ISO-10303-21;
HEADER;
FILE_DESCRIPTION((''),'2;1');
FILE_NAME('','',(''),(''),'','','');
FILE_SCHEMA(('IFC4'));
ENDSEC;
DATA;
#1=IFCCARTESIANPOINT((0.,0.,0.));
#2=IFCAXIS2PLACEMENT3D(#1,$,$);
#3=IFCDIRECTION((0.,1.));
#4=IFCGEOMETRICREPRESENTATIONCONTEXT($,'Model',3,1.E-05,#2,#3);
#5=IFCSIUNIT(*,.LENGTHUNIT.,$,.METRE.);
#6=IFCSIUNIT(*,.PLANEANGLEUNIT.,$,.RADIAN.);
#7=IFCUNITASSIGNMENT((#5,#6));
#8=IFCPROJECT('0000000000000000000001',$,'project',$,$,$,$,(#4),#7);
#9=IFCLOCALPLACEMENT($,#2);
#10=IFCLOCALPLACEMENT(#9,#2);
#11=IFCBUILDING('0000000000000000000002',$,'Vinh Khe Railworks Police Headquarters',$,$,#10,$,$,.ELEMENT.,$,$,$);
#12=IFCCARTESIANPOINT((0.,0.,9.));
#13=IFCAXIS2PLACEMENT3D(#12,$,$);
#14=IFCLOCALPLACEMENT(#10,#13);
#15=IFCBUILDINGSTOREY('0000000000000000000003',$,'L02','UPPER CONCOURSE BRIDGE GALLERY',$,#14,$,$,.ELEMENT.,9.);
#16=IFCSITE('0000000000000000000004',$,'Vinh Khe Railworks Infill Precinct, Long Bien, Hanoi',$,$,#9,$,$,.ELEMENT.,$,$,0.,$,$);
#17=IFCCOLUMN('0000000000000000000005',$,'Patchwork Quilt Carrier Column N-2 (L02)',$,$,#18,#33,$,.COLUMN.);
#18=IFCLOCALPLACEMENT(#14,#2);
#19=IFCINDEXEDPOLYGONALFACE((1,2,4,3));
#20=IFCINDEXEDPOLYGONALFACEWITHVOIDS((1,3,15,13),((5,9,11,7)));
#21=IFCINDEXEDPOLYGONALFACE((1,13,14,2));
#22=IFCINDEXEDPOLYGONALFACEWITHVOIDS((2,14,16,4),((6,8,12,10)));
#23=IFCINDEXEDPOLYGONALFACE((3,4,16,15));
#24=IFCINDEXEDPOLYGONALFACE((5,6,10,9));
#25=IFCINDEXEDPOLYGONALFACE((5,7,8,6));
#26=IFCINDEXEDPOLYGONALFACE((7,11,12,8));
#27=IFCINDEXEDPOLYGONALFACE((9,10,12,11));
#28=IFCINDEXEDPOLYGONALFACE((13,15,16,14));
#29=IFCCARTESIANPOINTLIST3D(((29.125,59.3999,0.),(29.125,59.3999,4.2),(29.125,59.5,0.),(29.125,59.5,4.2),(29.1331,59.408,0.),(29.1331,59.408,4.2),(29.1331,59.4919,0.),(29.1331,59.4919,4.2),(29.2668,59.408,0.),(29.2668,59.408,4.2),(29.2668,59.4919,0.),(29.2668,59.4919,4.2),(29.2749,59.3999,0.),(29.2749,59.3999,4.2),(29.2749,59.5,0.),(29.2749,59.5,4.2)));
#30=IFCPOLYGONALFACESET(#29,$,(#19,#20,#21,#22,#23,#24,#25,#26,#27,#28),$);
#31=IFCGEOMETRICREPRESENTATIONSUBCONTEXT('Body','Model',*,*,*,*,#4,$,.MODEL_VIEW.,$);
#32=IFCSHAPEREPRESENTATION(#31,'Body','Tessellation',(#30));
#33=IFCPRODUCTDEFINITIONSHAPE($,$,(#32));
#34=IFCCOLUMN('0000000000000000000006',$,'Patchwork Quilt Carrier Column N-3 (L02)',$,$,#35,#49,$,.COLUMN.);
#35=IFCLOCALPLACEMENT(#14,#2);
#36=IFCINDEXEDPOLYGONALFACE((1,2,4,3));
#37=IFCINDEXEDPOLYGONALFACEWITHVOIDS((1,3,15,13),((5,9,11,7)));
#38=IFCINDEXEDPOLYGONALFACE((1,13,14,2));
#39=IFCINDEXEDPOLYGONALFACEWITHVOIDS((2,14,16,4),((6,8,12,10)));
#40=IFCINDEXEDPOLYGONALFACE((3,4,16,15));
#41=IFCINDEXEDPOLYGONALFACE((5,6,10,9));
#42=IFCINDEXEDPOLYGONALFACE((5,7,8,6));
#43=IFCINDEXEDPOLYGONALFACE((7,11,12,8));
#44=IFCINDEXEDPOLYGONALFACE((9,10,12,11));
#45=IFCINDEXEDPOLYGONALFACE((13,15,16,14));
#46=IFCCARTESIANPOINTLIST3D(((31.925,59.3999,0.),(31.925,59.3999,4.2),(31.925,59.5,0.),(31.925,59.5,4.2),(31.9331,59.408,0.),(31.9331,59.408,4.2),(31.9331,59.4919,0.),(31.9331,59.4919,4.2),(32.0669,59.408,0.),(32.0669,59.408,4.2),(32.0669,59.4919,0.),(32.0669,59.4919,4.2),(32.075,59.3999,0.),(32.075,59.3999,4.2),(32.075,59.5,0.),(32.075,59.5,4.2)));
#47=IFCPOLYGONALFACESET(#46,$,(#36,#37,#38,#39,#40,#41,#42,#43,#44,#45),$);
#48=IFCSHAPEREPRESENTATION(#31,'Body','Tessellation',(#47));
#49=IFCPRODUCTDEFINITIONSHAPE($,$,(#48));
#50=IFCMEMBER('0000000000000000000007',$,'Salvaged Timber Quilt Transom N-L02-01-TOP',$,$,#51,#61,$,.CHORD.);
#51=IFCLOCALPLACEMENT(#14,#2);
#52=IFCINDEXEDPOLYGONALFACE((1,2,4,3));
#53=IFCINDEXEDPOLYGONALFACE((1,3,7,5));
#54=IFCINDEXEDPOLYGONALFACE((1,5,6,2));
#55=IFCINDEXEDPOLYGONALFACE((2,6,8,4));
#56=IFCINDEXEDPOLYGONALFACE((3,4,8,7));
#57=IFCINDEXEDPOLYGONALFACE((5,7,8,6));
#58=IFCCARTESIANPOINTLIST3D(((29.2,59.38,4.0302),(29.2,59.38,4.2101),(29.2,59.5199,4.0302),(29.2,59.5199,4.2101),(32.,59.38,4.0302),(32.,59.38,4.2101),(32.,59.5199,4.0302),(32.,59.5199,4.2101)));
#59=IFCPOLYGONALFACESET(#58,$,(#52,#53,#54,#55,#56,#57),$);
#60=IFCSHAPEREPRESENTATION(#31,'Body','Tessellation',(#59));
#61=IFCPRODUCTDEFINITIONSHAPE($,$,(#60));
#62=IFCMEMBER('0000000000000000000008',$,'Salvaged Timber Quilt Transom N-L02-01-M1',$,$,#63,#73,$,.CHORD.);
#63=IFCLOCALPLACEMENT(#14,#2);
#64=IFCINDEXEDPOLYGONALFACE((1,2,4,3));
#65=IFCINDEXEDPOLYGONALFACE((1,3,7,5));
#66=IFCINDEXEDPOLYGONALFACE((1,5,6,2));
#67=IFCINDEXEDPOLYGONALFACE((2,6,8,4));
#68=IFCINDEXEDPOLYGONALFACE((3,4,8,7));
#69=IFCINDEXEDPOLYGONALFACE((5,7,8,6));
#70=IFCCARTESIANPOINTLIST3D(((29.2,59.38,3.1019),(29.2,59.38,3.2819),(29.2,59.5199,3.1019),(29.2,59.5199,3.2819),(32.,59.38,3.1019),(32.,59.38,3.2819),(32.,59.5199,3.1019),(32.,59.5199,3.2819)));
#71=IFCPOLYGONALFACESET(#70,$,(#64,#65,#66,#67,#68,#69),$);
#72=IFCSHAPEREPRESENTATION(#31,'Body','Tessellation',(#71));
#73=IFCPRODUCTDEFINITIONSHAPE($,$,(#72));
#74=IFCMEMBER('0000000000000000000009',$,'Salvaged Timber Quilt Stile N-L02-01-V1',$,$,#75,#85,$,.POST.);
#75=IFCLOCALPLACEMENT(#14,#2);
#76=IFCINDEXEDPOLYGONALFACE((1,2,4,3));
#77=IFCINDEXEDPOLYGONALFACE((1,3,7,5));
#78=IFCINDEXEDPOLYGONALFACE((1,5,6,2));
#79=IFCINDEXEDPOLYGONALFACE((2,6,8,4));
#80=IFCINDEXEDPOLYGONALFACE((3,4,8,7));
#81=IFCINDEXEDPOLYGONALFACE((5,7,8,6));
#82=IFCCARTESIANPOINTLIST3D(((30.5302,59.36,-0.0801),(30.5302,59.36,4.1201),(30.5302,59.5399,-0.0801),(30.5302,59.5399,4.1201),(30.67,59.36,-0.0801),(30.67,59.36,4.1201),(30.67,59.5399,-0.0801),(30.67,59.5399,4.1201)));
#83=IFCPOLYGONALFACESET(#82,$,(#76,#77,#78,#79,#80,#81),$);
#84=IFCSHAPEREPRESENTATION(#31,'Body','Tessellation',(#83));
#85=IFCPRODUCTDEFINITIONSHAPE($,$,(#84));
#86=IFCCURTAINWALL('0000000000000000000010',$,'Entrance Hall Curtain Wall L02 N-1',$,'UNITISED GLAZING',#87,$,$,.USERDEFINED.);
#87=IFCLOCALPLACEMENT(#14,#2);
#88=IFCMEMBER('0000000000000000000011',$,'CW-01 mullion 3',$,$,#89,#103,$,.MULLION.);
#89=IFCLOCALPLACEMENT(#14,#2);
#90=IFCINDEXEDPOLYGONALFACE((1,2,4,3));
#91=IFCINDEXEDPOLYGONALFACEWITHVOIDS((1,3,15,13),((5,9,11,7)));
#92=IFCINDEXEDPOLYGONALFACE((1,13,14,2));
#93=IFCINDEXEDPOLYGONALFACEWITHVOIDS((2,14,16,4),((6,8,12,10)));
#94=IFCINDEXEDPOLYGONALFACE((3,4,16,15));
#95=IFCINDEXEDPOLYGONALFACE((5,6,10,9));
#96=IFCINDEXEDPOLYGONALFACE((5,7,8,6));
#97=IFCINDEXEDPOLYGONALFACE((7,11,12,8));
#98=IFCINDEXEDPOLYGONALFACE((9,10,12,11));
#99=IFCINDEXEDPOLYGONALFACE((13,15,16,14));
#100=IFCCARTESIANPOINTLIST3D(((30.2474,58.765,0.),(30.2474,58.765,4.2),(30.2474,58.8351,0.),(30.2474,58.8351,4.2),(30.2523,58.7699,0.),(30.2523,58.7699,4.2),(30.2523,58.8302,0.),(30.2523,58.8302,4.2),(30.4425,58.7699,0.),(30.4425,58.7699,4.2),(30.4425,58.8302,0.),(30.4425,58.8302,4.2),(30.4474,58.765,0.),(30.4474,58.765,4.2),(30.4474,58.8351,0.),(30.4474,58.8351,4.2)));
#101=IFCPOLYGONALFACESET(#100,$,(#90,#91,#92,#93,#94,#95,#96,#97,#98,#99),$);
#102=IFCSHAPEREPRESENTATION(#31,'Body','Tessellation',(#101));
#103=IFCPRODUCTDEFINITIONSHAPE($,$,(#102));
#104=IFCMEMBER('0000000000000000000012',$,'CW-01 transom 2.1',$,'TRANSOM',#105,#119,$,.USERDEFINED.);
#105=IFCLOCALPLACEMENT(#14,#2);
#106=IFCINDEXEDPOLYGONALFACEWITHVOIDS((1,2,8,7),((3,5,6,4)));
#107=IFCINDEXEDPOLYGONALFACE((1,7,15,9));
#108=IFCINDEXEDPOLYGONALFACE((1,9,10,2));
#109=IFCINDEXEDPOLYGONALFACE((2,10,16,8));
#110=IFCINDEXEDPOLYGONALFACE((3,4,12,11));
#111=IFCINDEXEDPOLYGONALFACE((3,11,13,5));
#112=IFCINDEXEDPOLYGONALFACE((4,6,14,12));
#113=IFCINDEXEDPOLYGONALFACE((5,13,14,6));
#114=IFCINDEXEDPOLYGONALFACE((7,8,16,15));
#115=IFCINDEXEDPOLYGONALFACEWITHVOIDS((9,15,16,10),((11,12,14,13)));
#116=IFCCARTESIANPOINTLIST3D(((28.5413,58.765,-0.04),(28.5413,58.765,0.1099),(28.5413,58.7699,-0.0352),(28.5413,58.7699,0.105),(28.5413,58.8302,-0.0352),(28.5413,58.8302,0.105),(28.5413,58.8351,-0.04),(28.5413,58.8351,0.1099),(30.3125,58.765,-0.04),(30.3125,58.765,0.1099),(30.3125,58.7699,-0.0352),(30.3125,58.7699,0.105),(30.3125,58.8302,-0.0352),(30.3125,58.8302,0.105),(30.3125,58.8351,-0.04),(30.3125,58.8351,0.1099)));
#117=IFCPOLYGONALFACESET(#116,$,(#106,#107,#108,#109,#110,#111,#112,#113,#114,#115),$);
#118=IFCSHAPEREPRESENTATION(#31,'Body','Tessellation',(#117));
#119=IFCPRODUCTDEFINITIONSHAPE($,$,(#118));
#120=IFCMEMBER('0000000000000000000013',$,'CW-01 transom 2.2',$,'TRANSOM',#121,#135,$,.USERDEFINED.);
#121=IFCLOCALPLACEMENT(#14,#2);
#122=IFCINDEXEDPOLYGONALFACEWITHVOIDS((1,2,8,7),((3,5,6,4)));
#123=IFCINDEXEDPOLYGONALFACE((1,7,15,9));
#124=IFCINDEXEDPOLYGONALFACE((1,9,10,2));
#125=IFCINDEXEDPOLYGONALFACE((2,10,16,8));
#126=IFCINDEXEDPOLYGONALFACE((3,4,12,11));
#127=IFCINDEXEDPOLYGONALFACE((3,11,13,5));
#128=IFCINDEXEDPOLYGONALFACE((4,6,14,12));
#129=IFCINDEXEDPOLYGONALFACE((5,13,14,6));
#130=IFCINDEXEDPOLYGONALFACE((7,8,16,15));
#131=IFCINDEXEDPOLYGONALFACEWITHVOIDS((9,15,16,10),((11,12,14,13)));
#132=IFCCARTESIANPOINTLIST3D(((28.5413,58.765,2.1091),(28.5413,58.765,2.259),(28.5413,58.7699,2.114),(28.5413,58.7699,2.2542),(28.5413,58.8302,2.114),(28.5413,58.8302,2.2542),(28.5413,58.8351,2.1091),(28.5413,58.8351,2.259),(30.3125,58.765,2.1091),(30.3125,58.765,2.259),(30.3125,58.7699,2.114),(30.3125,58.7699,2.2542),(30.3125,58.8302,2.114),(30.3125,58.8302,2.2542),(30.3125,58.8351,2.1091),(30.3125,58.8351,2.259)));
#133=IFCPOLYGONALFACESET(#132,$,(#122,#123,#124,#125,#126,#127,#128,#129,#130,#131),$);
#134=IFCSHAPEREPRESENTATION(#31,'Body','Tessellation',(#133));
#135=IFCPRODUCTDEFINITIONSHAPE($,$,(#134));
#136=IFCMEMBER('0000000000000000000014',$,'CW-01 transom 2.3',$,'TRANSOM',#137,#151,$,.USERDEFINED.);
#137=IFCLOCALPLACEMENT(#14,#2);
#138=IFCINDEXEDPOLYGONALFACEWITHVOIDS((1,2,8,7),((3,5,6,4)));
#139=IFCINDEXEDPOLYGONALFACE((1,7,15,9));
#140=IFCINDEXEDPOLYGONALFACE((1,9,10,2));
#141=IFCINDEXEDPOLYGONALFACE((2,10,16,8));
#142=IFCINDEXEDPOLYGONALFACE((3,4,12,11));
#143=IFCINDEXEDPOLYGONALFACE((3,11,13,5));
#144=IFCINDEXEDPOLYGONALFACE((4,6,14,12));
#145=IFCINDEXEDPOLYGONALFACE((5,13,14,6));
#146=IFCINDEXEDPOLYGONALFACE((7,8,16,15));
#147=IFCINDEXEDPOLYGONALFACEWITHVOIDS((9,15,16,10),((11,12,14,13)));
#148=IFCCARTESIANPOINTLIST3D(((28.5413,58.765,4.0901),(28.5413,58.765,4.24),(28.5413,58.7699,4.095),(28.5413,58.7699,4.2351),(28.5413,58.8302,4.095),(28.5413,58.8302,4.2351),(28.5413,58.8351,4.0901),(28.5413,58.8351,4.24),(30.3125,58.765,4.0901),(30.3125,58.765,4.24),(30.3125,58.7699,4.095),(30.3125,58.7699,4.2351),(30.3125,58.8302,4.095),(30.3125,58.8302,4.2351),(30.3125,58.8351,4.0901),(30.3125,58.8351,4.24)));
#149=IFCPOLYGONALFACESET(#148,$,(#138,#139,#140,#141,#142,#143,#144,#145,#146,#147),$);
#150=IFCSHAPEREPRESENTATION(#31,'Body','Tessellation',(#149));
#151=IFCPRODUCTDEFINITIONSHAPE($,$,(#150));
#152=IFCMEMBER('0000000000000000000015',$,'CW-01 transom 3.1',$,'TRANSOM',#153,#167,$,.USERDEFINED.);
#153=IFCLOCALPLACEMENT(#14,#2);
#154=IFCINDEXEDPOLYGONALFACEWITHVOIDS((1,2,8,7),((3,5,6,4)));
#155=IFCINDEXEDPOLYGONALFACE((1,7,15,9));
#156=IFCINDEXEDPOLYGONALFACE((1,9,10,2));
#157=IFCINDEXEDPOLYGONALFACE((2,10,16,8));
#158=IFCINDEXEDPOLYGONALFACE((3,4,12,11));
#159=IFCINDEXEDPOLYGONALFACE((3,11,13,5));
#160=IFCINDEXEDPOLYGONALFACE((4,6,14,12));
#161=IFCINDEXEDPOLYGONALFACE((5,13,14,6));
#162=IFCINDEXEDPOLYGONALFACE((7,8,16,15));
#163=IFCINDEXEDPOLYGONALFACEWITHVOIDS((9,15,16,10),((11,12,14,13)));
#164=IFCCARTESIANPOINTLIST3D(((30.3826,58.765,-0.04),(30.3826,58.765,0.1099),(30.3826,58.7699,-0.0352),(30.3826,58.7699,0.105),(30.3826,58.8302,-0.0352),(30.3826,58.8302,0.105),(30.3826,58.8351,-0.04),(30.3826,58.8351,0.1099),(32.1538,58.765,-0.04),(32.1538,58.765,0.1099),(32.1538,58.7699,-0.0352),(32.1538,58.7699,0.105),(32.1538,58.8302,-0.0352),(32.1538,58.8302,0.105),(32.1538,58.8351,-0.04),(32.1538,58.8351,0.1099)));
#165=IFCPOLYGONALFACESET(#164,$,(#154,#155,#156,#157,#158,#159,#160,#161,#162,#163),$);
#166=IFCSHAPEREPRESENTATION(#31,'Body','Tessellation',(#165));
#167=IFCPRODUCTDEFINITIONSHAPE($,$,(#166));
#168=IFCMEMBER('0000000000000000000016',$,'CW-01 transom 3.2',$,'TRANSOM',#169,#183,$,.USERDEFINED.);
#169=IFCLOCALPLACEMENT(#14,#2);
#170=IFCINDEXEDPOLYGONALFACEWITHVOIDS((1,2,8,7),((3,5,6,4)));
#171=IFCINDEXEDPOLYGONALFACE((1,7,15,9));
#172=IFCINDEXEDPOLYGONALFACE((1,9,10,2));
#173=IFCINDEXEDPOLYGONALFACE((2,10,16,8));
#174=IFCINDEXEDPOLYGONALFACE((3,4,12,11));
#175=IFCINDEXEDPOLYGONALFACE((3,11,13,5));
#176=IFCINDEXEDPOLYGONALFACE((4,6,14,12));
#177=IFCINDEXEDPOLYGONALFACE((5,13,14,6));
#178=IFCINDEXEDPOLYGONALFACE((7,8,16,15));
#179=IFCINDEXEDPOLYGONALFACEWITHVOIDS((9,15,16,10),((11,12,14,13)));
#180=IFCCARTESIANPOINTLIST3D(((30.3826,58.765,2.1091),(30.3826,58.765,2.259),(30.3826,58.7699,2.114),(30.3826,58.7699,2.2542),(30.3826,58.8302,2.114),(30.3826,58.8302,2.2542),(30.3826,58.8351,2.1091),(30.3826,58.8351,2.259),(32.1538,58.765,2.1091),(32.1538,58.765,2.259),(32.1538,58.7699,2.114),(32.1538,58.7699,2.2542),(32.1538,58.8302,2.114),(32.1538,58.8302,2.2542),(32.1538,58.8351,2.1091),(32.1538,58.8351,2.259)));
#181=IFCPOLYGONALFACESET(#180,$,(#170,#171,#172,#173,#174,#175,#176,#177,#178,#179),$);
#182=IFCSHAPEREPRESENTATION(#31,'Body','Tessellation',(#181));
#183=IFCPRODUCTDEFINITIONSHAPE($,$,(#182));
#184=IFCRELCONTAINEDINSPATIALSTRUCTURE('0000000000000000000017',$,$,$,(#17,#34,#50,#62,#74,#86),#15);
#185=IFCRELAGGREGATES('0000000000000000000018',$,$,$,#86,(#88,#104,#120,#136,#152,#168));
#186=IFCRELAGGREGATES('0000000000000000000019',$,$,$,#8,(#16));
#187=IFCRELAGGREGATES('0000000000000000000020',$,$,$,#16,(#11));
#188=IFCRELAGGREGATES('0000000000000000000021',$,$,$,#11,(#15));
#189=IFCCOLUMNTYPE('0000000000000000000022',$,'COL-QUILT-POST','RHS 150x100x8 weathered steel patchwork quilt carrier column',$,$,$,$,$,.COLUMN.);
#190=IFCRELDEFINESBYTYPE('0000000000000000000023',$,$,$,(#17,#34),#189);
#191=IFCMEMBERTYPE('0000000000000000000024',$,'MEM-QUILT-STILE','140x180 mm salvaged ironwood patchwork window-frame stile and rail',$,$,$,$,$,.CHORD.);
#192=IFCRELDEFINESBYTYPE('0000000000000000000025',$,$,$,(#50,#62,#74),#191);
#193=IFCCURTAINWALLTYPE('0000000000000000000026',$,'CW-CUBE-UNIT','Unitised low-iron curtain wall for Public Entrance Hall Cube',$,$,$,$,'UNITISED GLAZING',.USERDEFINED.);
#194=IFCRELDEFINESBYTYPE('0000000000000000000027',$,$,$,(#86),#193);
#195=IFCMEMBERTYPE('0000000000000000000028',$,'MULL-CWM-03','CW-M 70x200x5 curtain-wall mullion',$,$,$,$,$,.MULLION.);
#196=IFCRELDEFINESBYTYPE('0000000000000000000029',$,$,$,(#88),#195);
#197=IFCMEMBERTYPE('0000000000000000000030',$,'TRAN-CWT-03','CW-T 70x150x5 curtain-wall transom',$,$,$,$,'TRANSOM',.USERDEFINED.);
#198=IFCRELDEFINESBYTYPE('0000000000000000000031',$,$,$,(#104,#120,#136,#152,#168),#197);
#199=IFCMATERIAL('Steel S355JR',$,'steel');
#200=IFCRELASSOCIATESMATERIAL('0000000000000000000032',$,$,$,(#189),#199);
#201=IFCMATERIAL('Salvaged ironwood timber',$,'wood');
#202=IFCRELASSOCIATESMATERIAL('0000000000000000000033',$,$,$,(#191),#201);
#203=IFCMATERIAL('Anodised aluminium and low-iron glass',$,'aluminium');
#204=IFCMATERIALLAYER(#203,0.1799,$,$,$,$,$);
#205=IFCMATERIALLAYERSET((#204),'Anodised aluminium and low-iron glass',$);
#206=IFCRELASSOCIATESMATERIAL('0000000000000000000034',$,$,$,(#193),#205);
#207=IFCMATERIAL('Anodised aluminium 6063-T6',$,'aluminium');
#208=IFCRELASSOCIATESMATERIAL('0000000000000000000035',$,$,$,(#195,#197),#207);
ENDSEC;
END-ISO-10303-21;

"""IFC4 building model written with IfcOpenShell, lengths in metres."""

from ifc_helpers import new_model, si_unit, direction, frame, origin, origin_2d, place, context, subcontext, project, spatial, rectangle, hollow_rectangle, extrude, material, layer, layer_set, material_profile, profile_set, type_object, element, aggregate, save


model = new_model("IFC4")

# Units and contexts
model_context = context("Model", 3, precision=1e-05, world=origin(), true_north=direction((0.0, 1.0)))
body_context = subcontext(model_context, "Body", "Model", "MODEL_VIEW")
ifc_project = project(units=[si_unit("LENGTHUNIT", "METRE"), si_unit("PLANEANGLEUNIT", "RADIAN")], contexts=[model_context])

# Site, building, storey
site_placement = place(None, origin())
site = spatial("IfcSite", under=ifc_project, at=site_placement, Name="Vinh Khe Railworks Infill Precinct, Long Bien, Hanoi", CompositionType="ELEMENT", RefElevation=0.0)
building_placement = place(site_placement, origin())
building = spatial("IfcBuilding", under=site, at=building_placement, Name="Vinh Khe Railworks Police Headquarters", CompositionType="ELEMENT")
storey_placement = place(building_placement, frame((0.0, 0.0, 9.0)))
storey = spatial("IfcBuildingStorey", under=building, at=storey_placement, Name="L02", Description="UPPER CONCOURSE BRIDGE GALLERY", CompositionType="ELEMENT", Elevation=9.0)

# Columns
ifc_material_1 = material(Name="Steel S355JR", Category="steel")
ifc_material_profile_1 = material_profile(ifc_material_1, hollow_rectangle(XDim=0.1499, YDim=0.1001, WallThickness=0.0081, at=origin_2d()), Name="RHS 150x100x8")
ifc_profile_set_1 = profile_set([ifc_material_profile_1], Name="Steel S355JR")
column_type = type_object("IfcColumnType", Name="COL-QUILT-POST", Description="RHS 150x100x8 weathered steel patchwork quilt carrier column", PredefinedType="COLUMN", material=ifc_profile_set_1)
for number, where, z_axis, x_axis, name in (
    (1, (29.2, 59.45, 0.0), (0.0, 0.0, 1.0), (1.0, 0.0, 0.0), "Patchwork Quilt Carrier Column N-2 (L02)"),
    (2, (32.0, 59.45, 0.0), (0.0, 0.0, 1.0), (1.0, 0.0, 0.0), "Patchwork Quilt Carrier Column N-3 (L02)"),
):
    element("IfcColumn", number, at=place(storey_placement, frame(where, z_axis=z_axis, x_axis=x_axis)), inside=storey, type_object=column_type, Name=name, PredefinedType="COLUMN", context=body_context, shape_type="SweptSolid", body=[
        extrude(hollow_rectangle(XDim=0.1499, YDim=0.1001, WallThickness=0.0081, at=origin_2d()), origin(), (0.0, 0.0, 1.0), 4.2),
    ])

# Members
ifc_material_2 = material(Name="Salvaged ironwood timber", Category="wood")
ifc_material_profile_2 = material_profile(ifc_material_2, rectangle(XDim=0.1399, YDim=0.1799, at=origin_2d()), Name="TIMBER 140x180")
ifc_profile_set_2 = profile_set([ifc_material_profile_2], Name="Salvaged ironwood timber")
member_type_1 = type_object("IfcMemberType", Name="MEM-QUILT-STILE", Description="140x180 mm salvaged ironwood patchwork window-frame stile and rail", PredefinedType="CHORD", material=ifc_profile_set_2)
for number, where, z_axis, x_axis, name in (
    (3, (29.2, 59.45, 4.1201), (1.0, 0.0, 0.0), (0.0, 1.0, 0.0), "Salvaged Timber Quilt Transom N-L02-01-TOP"),
    (4, (29.2, 59.45, 3.1919), (1.0, 0.0, 0.0), (0.0, 1.0, 0.0), "Salvaged Timber Quilt Transom N-L02-01-M1"),
):
    element("IfcMember", number, at=place(storey_placement, frame(where, z_axis=z_axis, x_axis=x_axis)), inside=storey, type_object=member_type_1, Name=name, PredefinedType="CHORD", context=body_context, shape_type="SweptSolid", body=[
        extrude(rectangle(XDim=0.1399, YDim=0.1799, at=origin_2d()), origin(), (0.0, 0.0, 1.0), 2.8),
    ])
member_1_placement = place(storey_placement, frame((30.6001, 59.45, -0.0801), z_axis=(0.0, 0.0, 1.0), x_axis=(1.0, 0.0, 0.0)))
element("IfcMember", 5, at=member_1_placement, inside=storey, type_object=member_type_1, Name="Salvaged Timber Quilt Stile N-L02-01-V1", PredefinedType="POST", context=body_context, shape_type="SweptSolid", body=[
    extrude(rectangle(XDim=0.1399, YDim=0.1799, at=origin_2d()), origin(), (0.0, 0.0, 1.0), 4.2002),
])

# Curtain wall, members
ifc_material_3 = material(Name="Anodised aluminium and low-iron glass", Category="aluminium")
ifc_layer_1 = layer(ifc_material_3, 0.1799)
ifc_layer_set_1 = layer_set([ifc_layer_1], Name="Anodised aluminium and low-iron glass")
curtain_wall_type = type_object("IfcCurtainWallType", Name="CW-CUBE-UNIT", Description="Unitised low-iron curtain wall for Public Entrance Hall Cube", ElementType="UNITISED GLAZING", PredefinedType="USERDEFINED", material=ifc_layer_set_1)
curtain_wall_placement = place(storey_placement, origin())
curtain_wall = element("IfcCurtainWall", 6, at=curtain_wall_placement, inside=storey, type_object=curtain_wall_type, Name="Entrance Hall Curtain Wall L02 N-1", ObjectType="UNITISED GLAZING", PredefinedType="USERDEFINED")
ifc_material_4 = material(Name="Anodised aluminium 6063-T6", Category="aluminium")
ifc_material_profile_3 = material_profile(ifc_material_4, hollow_rectangle(XDim=0.0701, YDim=0.2, WallThickness=0.0049, at=origin_2d()), Name="CW-M 70x200x5")
ifc_profile_set_3 = profile_set([ifc_material_profile_3], Name="Anodised aluminium 6063-T6")
member_type_2 = type_object("IfcMemberType", Name="MULL-CWM-03", Description="CW-M 70x200x5 curtain-wall mullion", PredefinedType="MULLION", material=ifc_profile_set_3)
member_2_placement = place(storey_placement, frame((30.3474, 58.8, 0.0), z_axis=(0.0, 0.0, 1.0), x_axis=(0.0, 1.0, 0.0)))
member_2 = element("IfcMember", 7, at=member_2_placement, type_object=member_type_2, Name="CW-01 mullion 3", PredefinedType="MULLION", context=body_context, shape_type="SweptSolid", body=[
    extrude(hollow_rectangle(XDim=0.0701, YDim=0.2, WallThickness=0.0049, at=origin_2d()), origin(), (0.0, 0.0, 1.0), 4.2),
])
ifc_material_profile_4 = material_profile(ifc_material_4, hollow_rectangle(XDim=0.0701, YDim=0.1499, WallThickness=0.0049, at=origin_2d()), Name="CW-T 70x150x5")
ifc_profile_set_4 = profile_set([ifc_material_profile_4], Name="Anodised aluminium 6063-T6")
member_type_3 = type_object("IfcMemberType", Name="TRAN-CWT-03", Description="CW-T 70x150x5 curtain-wall transom", ElementType="TRANSOM", PredefinedType="USERDEFINED", material=ifc_profile_set_4)
member_3_placement = place(storey_placement, frame((28.5413, 58.8, 0.0349), z_axis=(1.0, 0.0, 0.0), x_axis=(0.0, 1.0, 0.0)))
member_3 = element("IfcMember", 8, at=member_3_placement, type_object=member_type_3, Name="CW-01 transom 2.1", ObjectType="TRANSOM", PredefinedType="USERDEFINED", context=body_context, shape_type="SweptSolid", body=[
    extrude(hollow_rectangle(XDim=0.0701, YDim=0.1499, WallThickness=0.0049, at=origin_2d()), origin(), (0.0, 0.0, 1.0), 1.7712),
])
member_4_placement = place(storey_placement, frame((28.5413, 58.8, 2.1841), z_axis=(1.0, 0.0, 0.0), x_axis=(0.0, 1.0, 0.0)))
member_4 = element("IfcMember", 9, at=member_4_placement, type_object=member_type_3, Name="CW-01 transom 2.2", ObjectType="TRANSOM", PredefinedType="USERDEFINED", context=body_context, shape_type="SweptSolid", body=[
    extrude(hollow_rectangle(XDim=0.0701, YDim=0.1499, WallThickness=0.0049, at=origin_2d()), origin(), (0.0, 0.0, 1.0), 1.7712),
])
member_5_placement = place(storey_placement, frame((28.5413, 58.8, 4.165), z_axis=(1.0, 0.0, 0.0), x_axis=(0.0, 1.0, 0.0)))
member_5 = element("IfcMember", 10, at=member_5_placement, type_object=member_type_3, Name="CW-01 transom 2.3", ObjectType="TRANSOM", PredefinedType="USERDEFINED", context=body_context, shape_type="SweptSolid", body=[
    extrude(hollow_rectangle(XDim=0.0701, YDim=0.1499, WallThickness=0.0049, at=origin_2d()), origin(), (0.0, 0.0, 1.0), 1.7712),
])
member_6_placement = place(storey_placement, frame((30.3826, 58.8, 0.0349), z_axis=(1.0, 0.0, 0.0), x_axis=(0.0, 1.0, 0.0)))
member_6 = element("IfcMember", 11, at=member_6_placement, type_object=member_type_3, Name="CW-01 transom 3.1", ObjectType="TRANSOM", PredefinedType="USERDEFINED", context=body_context, shape_type="SweptSolid", body=[
    extrude(hollow_rectangle(XDim=0.0701, YDim=0.1499, WallThickness=0.0049, at=origin_2d()), origin(), (0.0, 0.0, 1.0), 1.7712),
])
member_7_placement = place(storey_placement, frame((30.3826, 58.8, 2.1841), z_axis=(1.0, 0.0, 0.0), x_axis=(0.0, 1.0, 0.0)))
member_7 = element("IfcMember", 12, at=member_7_placement, type_object=member_type_3, Name="CW-01 transom 3.2", ObjectType="TRANSOM", PredefinedType="USERDEFINED", context=body_context, shape_type="SweptSolid", body=[
    extrude(hollow_rectangle(XDim=0.0701, YDim=0.1499, WallThickness=0.0049, at=origin_2d()), origin(), (0.0, 0.0, 1.0), 1.7712),
])
aggregate(curtain_wall, [member_2, member_3, member_4, member_5, member_6, member_7])

save(model, "model.ifc")
